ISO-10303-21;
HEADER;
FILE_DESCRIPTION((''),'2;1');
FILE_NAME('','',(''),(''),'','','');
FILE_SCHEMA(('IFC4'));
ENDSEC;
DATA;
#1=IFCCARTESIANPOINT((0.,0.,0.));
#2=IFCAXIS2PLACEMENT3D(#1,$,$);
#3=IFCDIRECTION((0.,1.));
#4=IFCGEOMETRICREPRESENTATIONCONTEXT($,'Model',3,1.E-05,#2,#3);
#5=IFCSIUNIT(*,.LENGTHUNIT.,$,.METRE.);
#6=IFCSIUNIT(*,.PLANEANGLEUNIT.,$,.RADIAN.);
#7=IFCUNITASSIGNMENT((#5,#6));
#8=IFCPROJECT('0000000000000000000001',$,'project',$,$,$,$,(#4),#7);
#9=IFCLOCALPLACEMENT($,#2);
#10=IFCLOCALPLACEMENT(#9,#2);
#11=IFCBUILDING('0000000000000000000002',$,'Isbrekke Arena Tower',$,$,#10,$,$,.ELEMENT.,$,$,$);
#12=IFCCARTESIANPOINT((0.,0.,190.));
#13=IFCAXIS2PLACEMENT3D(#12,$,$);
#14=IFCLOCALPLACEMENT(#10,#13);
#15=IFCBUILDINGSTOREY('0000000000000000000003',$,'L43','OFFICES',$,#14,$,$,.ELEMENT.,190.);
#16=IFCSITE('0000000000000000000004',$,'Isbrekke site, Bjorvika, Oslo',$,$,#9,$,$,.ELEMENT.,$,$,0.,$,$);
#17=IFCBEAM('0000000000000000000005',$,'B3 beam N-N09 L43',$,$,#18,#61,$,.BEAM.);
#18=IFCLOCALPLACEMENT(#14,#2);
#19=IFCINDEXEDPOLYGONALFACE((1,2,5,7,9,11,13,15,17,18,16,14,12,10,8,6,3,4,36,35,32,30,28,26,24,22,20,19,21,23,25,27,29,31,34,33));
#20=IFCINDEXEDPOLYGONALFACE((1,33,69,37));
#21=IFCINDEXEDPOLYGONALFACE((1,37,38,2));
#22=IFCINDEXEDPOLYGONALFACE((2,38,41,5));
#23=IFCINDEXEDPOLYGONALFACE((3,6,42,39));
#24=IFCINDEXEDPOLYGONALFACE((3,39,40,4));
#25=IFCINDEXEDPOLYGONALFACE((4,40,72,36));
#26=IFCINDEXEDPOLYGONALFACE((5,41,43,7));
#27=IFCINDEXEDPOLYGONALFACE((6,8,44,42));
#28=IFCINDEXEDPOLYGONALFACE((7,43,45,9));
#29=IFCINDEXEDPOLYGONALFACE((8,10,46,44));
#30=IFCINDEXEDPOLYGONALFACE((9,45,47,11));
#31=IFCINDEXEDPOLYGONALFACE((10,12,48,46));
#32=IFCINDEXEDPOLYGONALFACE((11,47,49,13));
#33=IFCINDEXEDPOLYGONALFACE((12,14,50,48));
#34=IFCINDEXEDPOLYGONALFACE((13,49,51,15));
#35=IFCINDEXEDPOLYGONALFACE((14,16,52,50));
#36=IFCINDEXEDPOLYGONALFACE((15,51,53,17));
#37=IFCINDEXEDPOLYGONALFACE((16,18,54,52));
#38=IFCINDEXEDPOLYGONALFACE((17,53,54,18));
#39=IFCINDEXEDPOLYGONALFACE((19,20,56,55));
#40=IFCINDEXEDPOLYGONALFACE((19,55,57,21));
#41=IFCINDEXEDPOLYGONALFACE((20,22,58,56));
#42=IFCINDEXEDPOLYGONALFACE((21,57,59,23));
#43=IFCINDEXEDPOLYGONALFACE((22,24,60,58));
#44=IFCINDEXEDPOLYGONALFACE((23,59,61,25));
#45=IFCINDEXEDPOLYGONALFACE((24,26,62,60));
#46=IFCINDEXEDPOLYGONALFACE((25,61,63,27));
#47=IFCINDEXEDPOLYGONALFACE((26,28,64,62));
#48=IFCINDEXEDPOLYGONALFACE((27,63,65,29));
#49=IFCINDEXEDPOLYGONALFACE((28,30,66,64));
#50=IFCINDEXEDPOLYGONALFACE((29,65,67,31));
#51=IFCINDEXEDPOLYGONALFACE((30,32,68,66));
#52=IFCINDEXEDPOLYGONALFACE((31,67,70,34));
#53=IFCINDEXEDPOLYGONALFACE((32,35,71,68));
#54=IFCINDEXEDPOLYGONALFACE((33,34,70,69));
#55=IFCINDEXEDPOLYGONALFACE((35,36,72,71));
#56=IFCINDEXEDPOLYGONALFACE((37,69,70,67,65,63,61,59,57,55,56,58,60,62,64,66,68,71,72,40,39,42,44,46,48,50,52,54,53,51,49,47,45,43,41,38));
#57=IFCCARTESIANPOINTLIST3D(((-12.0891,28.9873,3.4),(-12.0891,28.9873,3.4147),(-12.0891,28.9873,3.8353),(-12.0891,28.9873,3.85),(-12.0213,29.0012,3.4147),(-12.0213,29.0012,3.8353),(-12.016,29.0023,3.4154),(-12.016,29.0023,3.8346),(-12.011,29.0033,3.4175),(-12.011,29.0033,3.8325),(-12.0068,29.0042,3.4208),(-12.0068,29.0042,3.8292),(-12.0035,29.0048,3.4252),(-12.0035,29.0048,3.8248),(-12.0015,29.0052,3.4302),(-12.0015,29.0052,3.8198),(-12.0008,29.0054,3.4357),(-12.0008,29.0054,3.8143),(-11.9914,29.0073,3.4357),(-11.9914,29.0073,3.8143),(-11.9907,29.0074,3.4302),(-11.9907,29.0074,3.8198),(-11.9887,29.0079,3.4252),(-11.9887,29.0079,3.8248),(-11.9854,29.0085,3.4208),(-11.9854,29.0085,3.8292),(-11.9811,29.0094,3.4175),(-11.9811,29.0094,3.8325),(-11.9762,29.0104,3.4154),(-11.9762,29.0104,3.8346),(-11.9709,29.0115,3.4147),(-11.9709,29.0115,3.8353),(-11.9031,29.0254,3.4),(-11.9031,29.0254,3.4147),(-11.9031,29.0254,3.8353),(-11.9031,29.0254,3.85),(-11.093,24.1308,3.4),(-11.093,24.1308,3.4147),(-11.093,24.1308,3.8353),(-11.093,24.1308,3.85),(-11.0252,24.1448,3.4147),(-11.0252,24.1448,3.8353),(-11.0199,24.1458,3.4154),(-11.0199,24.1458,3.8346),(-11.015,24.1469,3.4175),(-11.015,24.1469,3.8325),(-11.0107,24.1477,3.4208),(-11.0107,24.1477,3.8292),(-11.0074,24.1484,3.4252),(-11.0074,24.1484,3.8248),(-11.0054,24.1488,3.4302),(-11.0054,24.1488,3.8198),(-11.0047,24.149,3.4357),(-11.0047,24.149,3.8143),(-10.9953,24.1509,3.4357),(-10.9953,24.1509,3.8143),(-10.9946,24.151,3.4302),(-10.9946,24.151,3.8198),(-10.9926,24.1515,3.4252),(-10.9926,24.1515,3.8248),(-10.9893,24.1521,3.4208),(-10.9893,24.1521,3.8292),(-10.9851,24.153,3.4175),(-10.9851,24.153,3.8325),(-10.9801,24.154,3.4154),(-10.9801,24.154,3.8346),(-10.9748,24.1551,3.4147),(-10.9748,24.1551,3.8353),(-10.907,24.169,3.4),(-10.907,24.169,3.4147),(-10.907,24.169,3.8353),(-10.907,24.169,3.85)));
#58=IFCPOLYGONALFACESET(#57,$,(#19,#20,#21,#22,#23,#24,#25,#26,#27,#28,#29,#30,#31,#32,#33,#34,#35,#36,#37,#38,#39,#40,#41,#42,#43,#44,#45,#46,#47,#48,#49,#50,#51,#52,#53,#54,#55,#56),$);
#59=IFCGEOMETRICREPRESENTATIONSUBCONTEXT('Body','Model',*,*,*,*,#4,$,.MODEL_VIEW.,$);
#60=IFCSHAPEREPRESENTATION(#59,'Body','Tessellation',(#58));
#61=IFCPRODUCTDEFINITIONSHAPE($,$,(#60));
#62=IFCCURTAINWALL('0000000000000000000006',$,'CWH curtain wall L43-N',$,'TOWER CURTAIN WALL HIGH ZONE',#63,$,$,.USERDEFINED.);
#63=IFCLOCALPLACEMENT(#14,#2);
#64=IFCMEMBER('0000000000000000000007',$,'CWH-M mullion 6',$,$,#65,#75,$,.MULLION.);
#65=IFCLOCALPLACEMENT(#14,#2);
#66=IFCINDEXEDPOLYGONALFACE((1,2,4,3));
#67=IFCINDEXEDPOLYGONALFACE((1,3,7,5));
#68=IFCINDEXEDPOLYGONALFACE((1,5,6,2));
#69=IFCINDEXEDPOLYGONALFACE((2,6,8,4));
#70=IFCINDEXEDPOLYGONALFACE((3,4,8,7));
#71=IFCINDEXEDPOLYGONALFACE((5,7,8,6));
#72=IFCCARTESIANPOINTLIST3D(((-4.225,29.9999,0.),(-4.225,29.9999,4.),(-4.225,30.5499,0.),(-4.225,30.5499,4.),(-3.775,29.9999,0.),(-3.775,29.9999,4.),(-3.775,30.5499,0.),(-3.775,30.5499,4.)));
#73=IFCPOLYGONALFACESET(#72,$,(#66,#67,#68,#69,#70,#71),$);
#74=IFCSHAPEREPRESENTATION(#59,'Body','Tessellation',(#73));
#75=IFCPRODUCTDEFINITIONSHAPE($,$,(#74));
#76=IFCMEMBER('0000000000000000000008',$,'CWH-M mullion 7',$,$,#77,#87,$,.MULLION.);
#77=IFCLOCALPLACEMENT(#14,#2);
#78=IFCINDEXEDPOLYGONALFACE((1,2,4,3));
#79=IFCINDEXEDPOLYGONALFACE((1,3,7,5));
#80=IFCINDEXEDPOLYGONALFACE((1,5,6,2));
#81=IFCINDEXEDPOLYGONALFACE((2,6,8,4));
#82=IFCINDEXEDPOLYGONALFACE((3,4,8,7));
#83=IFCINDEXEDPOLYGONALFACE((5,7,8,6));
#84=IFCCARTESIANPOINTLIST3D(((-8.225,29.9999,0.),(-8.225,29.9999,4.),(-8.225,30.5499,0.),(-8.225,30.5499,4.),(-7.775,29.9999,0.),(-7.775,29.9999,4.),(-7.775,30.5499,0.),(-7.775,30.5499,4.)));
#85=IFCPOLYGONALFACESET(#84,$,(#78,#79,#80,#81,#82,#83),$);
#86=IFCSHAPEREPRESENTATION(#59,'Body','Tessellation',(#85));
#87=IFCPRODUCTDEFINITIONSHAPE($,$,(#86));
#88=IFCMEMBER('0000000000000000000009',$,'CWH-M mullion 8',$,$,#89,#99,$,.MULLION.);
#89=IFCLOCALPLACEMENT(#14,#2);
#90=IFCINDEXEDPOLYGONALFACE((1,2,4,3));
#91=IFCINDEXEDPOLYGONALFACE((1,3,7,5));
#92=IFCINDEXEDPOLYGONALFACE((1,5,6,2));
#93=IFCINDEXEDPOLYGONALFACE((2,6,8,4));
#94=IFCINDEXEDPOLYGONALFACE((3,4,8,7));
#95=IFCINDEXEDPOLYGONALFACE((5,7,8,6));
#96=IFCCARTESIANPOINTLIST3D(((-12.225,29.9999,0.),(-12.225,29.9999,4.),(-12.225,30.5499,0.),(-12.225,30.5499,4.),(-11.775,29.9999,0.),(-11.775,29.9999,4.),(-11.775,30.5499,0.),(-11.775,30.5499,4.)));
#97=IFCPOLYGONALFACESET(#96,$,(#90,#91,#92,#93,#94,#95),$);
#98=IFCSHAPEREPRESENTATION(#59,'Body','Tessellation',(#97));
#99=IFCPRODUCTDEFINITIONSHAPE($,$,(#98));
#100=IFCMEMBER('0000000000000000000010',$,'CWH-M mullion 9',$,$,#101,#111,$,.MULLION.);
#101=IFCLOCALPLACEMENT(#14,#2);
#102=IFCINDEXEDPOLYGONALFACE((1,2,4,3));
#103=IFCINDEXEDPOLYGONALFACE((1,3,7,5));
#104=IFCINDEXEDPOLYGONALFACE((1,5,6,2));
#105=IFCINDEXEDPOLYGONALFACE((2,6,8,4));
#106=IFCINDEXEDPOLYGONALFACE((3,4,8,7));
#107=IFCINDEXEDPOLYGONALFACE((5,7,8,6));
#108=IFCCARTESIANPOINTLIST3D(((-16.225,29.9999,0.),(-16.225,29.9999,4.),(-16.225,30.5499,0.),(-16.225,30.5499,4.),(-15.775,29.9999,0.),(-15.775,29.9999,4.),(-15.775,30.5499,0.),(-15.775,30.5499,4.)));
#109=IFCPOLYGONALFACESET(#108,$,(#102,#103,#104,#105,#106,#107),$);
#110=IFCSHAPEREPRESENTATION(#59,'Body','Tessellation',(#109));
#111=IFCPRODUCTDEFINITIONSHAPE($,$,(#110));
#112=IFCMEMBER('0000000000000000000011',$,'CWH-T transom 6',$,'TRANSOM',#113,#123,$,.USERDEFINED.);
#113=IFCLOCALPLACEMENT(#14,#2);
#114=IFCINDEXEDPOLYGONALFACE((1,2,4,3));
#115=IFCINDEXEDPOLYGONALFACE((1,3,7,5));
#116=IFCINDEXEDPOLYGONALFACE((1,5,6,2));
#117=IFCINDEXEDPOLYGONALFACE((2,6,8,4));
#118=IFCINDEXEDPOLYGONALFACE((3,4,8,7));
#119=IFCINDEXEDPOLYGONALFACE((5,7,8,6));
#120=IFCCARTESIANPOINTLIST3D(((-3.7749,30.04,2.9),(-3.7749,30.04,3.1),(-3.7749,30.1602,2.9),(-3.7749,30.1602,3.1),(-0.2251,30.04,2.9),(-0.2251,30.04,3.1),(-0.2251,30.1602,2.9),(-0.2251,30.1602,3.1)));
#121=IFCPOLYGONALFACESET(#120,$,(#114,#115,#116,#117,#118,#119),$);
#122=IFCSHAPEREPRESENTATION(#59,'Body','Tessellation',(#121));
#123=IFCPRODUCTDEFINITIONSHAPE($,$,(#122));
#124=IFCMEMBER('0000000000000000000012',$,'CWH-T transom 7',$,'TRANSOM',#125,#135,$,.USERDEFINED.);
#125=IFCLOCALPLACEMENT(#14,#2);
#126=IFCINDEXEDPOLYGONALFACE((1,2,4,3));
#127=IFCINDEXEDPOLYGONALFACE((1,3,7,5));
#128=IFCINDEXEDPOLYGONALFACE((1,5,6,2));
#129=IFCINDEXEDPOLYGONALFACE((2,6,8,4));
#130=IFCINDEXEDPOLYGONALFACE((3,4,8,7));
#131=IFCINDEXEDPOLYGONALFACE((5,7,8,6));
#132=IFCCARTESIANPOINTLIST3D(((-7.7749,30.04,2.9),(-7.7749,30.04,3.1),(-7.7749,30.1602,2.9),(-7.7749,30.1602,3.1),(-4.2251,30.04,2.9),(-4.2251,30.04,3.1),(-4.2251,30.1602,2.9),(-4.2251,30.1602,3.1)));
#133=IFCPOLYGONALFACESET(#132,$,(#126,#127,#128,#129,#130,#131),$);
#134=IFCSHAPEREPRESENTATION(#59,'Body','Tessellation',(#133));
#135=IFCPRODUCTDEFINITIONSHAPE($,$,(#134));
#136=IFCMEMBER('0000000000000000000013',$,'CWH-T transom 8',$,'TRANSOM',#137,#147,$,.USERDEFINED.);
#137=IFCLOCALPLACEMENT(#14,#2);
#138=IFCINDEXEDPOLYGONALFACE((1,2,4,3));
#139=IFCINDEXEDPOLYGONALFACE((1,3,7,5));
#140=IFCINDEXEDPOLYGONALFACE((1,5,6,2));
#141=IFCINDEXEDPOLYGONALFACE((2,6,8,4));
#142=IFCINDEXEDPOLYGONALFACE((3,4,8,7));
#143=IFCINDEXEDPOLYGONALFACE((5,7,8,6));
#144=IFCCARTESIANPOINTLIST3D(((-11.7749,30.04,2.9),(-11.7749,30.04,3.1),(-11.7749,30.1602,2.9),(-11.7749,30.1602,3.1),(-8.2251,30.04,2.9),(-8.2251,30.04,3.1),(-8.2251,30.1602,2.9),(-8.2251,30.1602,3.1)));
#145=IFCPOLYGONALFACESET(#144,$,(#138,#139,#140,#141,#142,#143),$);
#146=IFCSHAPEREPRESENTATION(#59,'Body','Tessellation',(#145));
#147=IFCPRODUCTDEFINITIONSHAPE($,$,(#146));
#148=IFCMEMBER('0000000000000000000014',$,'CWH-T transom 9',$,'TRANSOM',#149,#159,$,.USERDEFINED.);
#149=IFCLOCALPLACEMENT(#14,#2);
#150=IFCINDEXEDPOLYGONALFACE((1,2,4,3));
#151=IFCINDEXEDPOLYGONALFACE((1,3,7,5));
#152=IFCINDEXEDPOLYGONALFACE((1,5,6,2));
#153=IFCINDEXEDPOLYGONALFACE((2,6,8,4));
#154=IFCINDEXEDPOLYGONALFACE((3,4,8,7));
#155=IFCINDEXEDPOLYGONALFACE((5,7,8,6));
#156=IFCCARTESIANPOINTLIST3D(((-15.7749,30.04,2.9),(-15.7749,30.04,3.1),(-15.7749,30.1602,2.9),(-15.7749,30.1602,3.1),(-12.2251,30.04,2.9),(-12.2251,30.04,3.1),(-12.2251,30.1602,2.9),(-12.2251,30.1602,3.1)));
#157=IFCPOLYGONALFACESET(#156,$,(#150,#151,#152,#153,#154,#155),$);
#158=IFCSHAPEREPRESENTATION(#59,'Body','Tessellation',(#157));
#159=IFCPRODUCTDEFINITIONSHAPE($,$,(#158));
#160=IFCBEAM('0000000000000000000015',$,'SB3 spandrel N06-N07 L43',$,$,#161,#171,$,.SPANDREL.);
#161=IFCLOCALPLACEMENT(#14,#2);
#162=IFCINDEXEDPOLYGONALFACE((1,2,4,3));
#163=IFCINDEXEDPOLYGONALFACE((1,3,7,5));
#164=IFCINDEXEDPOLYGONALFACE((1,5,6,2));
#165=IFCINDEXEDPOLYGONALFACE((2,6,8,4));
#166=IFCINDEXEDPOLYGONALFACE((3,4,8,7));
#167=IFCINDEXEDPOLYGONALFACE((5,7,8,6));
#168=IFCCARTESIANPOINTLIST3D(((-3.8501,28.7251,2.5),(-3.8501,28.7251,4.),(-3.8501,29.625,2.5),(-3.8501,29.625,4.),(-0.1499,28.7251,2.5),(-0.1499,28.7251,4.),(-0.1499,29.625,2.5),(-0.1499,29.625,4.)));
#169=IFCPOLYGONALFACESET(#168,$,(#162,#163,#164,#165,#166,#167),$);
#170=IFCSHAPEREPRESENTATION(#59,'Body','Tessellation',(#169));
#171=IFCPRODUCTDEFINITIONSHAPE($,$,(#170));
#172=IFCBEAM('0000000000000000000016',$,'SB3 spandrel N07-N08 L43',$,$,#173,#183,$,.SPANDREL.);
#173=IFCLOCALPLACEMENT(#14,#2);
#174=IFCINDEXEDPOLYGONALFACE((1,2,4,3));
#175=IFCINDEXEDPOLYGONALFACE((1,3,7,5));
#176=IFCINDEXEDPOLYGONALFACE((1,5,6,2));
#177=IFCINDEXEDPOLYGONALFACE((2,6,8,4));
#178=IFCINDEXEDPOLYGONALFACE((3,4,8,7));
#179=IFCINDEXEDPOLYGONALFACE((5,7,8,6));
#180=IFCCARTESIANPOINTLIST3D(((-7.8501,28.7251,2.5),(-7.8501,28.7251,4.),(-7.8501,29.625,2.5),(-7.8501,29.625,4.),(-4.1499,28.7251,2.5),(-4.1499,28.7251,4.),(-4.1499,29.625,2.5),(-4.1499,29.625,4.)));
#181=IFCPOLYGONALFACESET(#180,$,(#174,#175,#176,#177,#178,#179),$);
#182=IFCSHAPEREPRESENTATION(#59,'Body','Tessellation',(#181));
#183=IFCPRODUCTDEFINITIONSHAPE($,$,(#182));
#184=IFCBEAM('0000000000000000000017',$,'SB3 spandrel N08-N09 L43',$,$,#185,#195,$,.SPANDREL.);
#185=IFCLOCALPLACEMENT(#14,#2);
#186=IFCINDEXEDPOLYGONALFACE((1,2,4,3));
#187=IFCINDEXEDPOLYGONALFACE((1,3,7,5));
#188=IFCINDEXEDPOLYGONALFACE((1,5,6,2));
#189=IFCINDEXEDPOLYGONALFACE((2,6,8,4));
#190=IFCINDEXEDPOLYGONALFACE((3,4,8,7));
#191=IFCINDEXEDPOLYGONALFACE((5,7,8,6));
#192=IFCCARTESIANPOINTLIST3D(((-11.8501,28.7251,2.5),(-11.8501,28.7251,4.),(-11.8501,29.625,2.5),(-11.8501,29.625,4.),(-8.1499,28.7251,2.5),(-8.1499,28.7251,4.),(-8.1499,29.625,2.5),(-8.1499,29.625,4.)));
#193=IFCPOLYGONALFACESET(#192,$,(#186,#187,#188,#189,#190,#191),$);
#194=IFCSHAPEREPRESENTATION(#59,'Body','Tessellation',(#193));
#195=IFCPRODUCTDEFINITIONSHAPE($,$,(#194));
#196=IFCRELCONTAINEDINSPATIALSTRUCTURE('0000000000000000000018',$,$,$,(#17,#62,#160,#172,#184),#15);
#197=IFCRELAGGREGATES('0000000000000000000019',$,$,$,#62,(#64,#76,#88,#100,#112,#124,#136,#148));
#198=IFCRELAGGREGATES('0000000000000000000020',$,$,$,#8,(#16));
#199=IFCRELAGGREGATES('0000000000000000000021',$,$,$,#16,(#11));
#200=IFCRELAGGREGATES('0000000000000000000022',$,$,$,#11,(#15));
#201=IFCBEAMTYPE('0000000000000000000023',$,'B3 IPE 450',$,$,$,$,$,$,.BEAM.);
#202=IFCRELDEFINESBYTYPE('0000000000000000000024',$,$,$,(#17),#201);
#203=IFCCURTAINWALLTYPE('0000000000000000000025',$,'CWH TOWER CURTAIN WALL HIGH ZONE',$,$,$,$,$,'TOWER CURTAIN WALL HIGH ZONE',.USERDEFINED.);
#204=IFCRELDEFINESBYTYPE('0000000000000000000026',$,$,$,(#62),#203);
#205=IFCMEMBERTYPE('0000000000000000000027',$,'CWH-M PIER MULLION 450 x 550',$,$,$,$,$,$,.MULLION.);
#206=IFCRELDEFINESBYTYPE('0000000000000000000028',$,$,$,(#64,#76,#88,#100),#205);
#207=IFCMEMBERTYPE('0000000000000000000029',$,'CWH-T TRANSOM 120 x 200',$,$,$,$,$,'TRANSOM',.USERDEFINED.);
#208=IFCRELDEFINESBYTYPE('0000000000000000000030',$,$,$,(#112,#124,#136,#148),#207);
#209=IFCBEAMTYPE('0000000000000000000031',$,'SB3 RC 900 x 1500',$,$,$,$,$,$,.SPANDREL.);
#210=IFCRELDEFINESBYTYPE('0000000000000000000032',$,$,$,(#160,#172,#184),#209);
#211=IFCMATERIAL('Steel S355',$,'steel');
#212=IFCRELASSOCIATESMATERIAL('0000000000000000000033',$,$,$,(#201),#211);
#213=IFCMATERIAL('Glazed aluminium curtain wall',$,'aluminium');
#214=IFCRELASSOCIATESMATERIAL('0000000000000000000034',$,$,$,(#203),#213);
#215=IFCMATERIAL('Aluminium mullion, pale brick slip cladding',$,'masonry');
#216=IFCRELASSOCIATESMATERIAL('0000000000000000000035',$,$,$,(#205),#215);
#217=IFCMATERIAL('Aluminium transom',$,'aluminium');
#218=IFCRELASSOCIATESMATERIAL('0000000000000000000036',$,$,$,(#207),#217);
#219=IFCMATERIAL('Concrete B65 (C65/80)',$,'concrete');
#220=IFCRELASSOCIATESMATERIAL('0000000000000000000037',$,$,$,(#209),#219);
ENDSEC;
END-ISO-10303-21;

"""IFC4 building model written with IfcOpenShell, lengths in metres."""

from ifc_helpers import new_model, si_unit, direction, frame, origin, origin_2d, place, context, subcontext, project, spatial, rectangle, i_section, extrude, material, material_profile, profile_set, type_object, element, aggregate, save


model = new_model("IFC4")

# Units and contexts
model_context = context("Model", 3, precision=1e-05, world=origin(), true_north=direction((0.0, 1.0)))
body_context = subcontext(model_context, "Body", "Model", "MODEL_VIEW")
ifc_project = project(units=[si_unit("LENGTHUNIT", "METRE"), si_unit("PLANEANGLEUNIT", "RADIAN")], contexts=[model_context])

# Site, building, storey
site_placement = place(None, origin())
site = spatial("IfcSite", under=ifc_project, at=site_placement, Name="Isbrekke site, Bjorvika, Oslo", CompositionType="ELEMENT", RefElevation=0.0)
building_placement = place(site_placement, origin())
building = spatial("IfcBuilding", under=site, at=building_placement, Name="Isbrekke Arena Tower", CompositionType="ELEMENT")
storey_placement = place(building_placement, frame((0.0, 0.0, 190.0)))
storey = spatial("IfcBuildingStorey", under=building, at=storey_placement, Name="L43", Description="OFFICES", CompositionType="ELEMENT", Elevation=190.0)

# Beam
ifc_material_1 = material(Name="Steel S355", Category="steel")
ifc_material_profile_1 = material_profile(ifc_material_1, i_section(OverallWidth=0.1899, OverallDepth=0.45, WebThickness=0.0095, FlangeThickness=0.0146, FilletRadius=0.021, at=origin_2d()), Name="IPE 450")
ifc_profile_set_1 = profile_set([ifc_material_profile_1], Name="Steel S355")
beam_type_1 = type_object("IfcBeamType", Name="B3 IPE 450", PredefinedType="BEAM", material=ifc_profile_set_1)
beam_1_placement = place(storey_placement, frame((-11.9961, 29.0063, 3.625), z_axis=(0.200925, -0.979607, 0.0), x_axis=(0.979607, 0.200925, 0.0)))
element("IfcBeam", 1, at=beam_1_placement, inside=storey, type_object=beam_type_1, Name="B3 beam N-N09 L43", PredefinedType="BEAM", context=body_context, shape_type="SweptSolid", body=[
    extrude(i_section(OverallWidth=0.1899, OverallDepth=0.45, WebThickness=0.0095, FlangeThickness=0.0146, FilletRadius=0.021, at=origin_2d()), origin(), (0.0, 0.0, 1.0), 4.9575),
])

# Curtain wall, members
ifc_material_2 = material(Name="Glazed aluminium curtain wall", Category="aluminium")
curtain_wall_type = type_object("IfcCurtainWallType", Name="CWH TOWER CURTAIN WALL HIGH ZONE", ElementType="TOWER CURTAIN WALL HIGH ZONE", PredefinedType="USERDEFINED", material=ifc_material_2)
curtain_wall_placement = place(storey_placement, origin())
curtain_wall = element("IfcCurtainWall", 2, at=curtain_wall_placement, inside=storey, type_object=curtain_wall_type, Name="CWH curtain wall L43-N", ObjectType="TOWER CURTAIN WALL HIGH ZONE", PredefinedType="USERDEFINED")
ifc_material_3 = material(Name="Aluminium mullion, pale brick slip cladding", Category="masonry")
ifc_material_profile_2 = material_profile(ifc_material_3, rectangle(XDim=0.45, YDim=0.55, at=origin_2d()), Name="PIER 450X550")
ifc_profile_set_2 = profile_set([ifc_material_profile_2], Name="Aluminium mullion, pale brick slip cladding")
member_type_1 = type_object("IfcMemberType", Name="CWH-M PIER MULLION 450 x 550", PredefinedType="MULLION", material=ifc_profile_set_2)
member_1_placement = place(storey_placement, frame((-4.0, 30.2749, 0.0), z_axis=(0.0, 0.0, 1.0), x_axis=(-1.0, 0.0, 0.0)))
member_1 = element("IfcMember", 3, at=member_1_placement, type_object=member_type_1, Name="CWH-M mullion 6", PredefinedType="MULLION", context=body_context, shape_type="SweptSolid", body=[
    extrude(rectangle(XDim=0.45, YDim=0.55, at=origin_2d()), origin(), (0.0, 0.0, 1.0), 4.0),
])
member_2_placement = place(storey_placement, frame((-8.0, 30.2749, 0.0), z_axis=(0.0, 0.0, 1.0), x_axis=(-1.0, 0.0, 0.0)))
member_2 = element("IfcMember", 4, at=member_2_placement, type_object=member_type_1, Name="CWH-M mullion 7", PredefinedType="MULLION", context=body_context, shape_type="SweptSolid", body=[
    extrude(rectangle(XDim=0.45, YDim=0.55, at=origin_2d()), origin(), (0.0, 0.0, 1.0), 4.0),
])
member_3_placement = place(storey_placement, frame((-12.0, 30.2749, 0.0), z_axis=(0.0, 0.0, 1.0), x_axis=(-1.0, 0.0, 0.0)))
member_3 = element("IfcMember", 5, at=member_3_placement, type_object=member_type_1, Name="CWH-M mullion 8", PredefinedType="MULLION", context=body_context, shape_type="SweptSolid", body=[
    extrude(rectangle(XDim=0.45, YDim=0.55, at=origin_2d()), origin(), (0.0, 0.0, 1.0), 4.0),
])
member_4_placement = place(storey_placement, frame((-16.0, 30.2749, 0.0), z_axis=(0.0, 0.0, 1.0), x_axis=(-1.0, 0.0, 0.0)))
member_4 = element("IfcMember", 6, at=member_4_placement, type_object=member_type_1, Name="CWH-M mullion 9", PredefinedType="MULLION", context=body_context, shape_type="SweptSolid", body=[
    extrude(rectangle(XDim=0.45, YDim=0.55, at=origin_2d()), origin(), (0.0, 0.0, 1.0), 4.0),
])
ifc_material_4 = material(Name="Aluminium transom", Category="aluminium")
ifc_material_profile_3 = material_profile(ifc_material_4, rectangle(XDim=0.1201, YDim=0.2, at=origin_2d()), Name="TRANSOM 120X200")
ifc_profile_set_3 = profile_set([ifc_material_profile_3], Name="Aluminium transom")
member_type_2 = type_object("IfcMemberType", Name="CWH-T TRANSOM 120 x 200", ElementType="TRANSOM", PredefinedType="USERDEFINED", material=ifc_profile_set_3)
member_5_placement = place(storey_placement, frame((-0.2251, 30.1001, 3.0), z_axis=(-1.0, 0.0, 0.0), x_axis=(0.0, -1.0, 0.0)))
member_5 = element("IfcMember", 7, at=member_5_placement, type_object=member_type_2, Name="CWH-T transom 6", ObjectType="TRANSOM", PredefinedType="USERDEFINED", context=body_context, shape_type="SweptSolid", body=[
    extrude(rectangle(XDim=0.1201, YDim=0.2, at=origin_2d()), origin(), (0.0, 0.0, 1.0), 3.5498),
])
member_6_placement = place(storey_placement, frame((-4.2251, 30.1001, 3.0), z_axis=(-1.0, 0.0, 0.0), x_axis=(0.0, -1.0, 0.0)))
member_6 = element("IfcMember", 8, at=member_6_placement, type_object=member_type_2, Name="CWH-T transom 7", ObjectType="TRANSOM", PredefinedType="USERDEFINED", context=body_context, shape_type="SweptSolid", body=[
    extrude(rectangle(XDim=0.1201, YDim=0.2, at=origin_2d()), origin(), (0.0, 0.0, 1.0), 3.5498),
])
member_7_placement = place(storey_placement, frame((-8.2251, 30.1001, 3.0), z_axis=(-1.0, 0.0, 0.0), x_axis=(0.0, -1.0, 0.0)))
member_7 = element("IfcMember", 9, at=member_7_placement, type_object=member_type_2, Name="CWH-T transom 8", ObjectType="TRANSOM", PredefinedType="USERDEFINED", context=body_context, shape_type="SweptSolid", body=[
    extrude(rectangle(XDim=0.1201, YDim=0.2, at=origin_2d()), origin(), (0.0, 0.0, 1.0), 3.5498),
])
member_8_placement = place(storey_placement, frame((-12.2251, 30.1001, 3.0), z_axis=(-1.0, 0.0, 0.0), x_axis=(0.0, -1.0, 0.0)))
member_8 = element("IfcMember", 10, at=member_8_placement, type_object=member_type_2, Name="CWH-T transom 9", ObjectType="TRANSOM", PredefinedType="USERDEFINED", context=body_context, shape_type="SweptSolid", body=[
    extrude(rectangle(XDim=0.1201, YDim=0.2, at=origin_2d()), origin(), (0.0, 0.0, 1.0), 3.5498),
])

# Beams
ifc_material_5 = material(Name="Concrete B65 (C65/80)", Category="concrete")
ifc_material_profile_4 = material_profile(ifc_material_5, rectangle(XDim=0.8999, YDim=1.5, at=origin_2d()), Name="RC 900x1500")
ifc_profile_set_4 = profile_set([ifc_material_profile_4], Name="Concrete B65 (C65/80)")
beam_type_2 = type_object("IfcBeamType", Name="SB3 RC 900 x 1500", PredefinedType="SPANDREL", material=ifc_profile_set_4)
for number, where, z_axis, x_axis, name in (
    (11, (-0.1499, 29.175, 3.25), (-1.0, 0.0, 0.0), (0.0, -1.0, 0.0), "SB3 spandrel N06-N07 L43"),
    (12, (-4.1499, 29.175, 3.25), (-1.0, 0.0, 0.0), (0.0, -1.0, 0.0), "SB3 spandrel N07-N08 L43"),
    (13, (-8.1499, 29.175, 3.25), (-1.0, 0.0, 0.0), (0.0, -1.0, 0.0), "SB3 spandrel N08-N09 L43"),
):
    element("IfcBeam", number, at=place(storey_placement, frame(where, z_axis=z_axis, x_axis=x_axis)), inside=storey, type_object=beam_type_2, Name=name, PredefinedType="SPANDREL", context=body_context, shape_type="SweptSolid", body=[
        extrude(rectangle(XDim=0.8999, YDim=1.5, at=origin_2d()), origin(), (0.0, 0.0, 1.0), 3.7002),
    ])

aggregate(curtain_wall, [member_1, member_2, member_3, member_4, member_5, member_6, member_7, member_8])

save(model, "model.ifc")
